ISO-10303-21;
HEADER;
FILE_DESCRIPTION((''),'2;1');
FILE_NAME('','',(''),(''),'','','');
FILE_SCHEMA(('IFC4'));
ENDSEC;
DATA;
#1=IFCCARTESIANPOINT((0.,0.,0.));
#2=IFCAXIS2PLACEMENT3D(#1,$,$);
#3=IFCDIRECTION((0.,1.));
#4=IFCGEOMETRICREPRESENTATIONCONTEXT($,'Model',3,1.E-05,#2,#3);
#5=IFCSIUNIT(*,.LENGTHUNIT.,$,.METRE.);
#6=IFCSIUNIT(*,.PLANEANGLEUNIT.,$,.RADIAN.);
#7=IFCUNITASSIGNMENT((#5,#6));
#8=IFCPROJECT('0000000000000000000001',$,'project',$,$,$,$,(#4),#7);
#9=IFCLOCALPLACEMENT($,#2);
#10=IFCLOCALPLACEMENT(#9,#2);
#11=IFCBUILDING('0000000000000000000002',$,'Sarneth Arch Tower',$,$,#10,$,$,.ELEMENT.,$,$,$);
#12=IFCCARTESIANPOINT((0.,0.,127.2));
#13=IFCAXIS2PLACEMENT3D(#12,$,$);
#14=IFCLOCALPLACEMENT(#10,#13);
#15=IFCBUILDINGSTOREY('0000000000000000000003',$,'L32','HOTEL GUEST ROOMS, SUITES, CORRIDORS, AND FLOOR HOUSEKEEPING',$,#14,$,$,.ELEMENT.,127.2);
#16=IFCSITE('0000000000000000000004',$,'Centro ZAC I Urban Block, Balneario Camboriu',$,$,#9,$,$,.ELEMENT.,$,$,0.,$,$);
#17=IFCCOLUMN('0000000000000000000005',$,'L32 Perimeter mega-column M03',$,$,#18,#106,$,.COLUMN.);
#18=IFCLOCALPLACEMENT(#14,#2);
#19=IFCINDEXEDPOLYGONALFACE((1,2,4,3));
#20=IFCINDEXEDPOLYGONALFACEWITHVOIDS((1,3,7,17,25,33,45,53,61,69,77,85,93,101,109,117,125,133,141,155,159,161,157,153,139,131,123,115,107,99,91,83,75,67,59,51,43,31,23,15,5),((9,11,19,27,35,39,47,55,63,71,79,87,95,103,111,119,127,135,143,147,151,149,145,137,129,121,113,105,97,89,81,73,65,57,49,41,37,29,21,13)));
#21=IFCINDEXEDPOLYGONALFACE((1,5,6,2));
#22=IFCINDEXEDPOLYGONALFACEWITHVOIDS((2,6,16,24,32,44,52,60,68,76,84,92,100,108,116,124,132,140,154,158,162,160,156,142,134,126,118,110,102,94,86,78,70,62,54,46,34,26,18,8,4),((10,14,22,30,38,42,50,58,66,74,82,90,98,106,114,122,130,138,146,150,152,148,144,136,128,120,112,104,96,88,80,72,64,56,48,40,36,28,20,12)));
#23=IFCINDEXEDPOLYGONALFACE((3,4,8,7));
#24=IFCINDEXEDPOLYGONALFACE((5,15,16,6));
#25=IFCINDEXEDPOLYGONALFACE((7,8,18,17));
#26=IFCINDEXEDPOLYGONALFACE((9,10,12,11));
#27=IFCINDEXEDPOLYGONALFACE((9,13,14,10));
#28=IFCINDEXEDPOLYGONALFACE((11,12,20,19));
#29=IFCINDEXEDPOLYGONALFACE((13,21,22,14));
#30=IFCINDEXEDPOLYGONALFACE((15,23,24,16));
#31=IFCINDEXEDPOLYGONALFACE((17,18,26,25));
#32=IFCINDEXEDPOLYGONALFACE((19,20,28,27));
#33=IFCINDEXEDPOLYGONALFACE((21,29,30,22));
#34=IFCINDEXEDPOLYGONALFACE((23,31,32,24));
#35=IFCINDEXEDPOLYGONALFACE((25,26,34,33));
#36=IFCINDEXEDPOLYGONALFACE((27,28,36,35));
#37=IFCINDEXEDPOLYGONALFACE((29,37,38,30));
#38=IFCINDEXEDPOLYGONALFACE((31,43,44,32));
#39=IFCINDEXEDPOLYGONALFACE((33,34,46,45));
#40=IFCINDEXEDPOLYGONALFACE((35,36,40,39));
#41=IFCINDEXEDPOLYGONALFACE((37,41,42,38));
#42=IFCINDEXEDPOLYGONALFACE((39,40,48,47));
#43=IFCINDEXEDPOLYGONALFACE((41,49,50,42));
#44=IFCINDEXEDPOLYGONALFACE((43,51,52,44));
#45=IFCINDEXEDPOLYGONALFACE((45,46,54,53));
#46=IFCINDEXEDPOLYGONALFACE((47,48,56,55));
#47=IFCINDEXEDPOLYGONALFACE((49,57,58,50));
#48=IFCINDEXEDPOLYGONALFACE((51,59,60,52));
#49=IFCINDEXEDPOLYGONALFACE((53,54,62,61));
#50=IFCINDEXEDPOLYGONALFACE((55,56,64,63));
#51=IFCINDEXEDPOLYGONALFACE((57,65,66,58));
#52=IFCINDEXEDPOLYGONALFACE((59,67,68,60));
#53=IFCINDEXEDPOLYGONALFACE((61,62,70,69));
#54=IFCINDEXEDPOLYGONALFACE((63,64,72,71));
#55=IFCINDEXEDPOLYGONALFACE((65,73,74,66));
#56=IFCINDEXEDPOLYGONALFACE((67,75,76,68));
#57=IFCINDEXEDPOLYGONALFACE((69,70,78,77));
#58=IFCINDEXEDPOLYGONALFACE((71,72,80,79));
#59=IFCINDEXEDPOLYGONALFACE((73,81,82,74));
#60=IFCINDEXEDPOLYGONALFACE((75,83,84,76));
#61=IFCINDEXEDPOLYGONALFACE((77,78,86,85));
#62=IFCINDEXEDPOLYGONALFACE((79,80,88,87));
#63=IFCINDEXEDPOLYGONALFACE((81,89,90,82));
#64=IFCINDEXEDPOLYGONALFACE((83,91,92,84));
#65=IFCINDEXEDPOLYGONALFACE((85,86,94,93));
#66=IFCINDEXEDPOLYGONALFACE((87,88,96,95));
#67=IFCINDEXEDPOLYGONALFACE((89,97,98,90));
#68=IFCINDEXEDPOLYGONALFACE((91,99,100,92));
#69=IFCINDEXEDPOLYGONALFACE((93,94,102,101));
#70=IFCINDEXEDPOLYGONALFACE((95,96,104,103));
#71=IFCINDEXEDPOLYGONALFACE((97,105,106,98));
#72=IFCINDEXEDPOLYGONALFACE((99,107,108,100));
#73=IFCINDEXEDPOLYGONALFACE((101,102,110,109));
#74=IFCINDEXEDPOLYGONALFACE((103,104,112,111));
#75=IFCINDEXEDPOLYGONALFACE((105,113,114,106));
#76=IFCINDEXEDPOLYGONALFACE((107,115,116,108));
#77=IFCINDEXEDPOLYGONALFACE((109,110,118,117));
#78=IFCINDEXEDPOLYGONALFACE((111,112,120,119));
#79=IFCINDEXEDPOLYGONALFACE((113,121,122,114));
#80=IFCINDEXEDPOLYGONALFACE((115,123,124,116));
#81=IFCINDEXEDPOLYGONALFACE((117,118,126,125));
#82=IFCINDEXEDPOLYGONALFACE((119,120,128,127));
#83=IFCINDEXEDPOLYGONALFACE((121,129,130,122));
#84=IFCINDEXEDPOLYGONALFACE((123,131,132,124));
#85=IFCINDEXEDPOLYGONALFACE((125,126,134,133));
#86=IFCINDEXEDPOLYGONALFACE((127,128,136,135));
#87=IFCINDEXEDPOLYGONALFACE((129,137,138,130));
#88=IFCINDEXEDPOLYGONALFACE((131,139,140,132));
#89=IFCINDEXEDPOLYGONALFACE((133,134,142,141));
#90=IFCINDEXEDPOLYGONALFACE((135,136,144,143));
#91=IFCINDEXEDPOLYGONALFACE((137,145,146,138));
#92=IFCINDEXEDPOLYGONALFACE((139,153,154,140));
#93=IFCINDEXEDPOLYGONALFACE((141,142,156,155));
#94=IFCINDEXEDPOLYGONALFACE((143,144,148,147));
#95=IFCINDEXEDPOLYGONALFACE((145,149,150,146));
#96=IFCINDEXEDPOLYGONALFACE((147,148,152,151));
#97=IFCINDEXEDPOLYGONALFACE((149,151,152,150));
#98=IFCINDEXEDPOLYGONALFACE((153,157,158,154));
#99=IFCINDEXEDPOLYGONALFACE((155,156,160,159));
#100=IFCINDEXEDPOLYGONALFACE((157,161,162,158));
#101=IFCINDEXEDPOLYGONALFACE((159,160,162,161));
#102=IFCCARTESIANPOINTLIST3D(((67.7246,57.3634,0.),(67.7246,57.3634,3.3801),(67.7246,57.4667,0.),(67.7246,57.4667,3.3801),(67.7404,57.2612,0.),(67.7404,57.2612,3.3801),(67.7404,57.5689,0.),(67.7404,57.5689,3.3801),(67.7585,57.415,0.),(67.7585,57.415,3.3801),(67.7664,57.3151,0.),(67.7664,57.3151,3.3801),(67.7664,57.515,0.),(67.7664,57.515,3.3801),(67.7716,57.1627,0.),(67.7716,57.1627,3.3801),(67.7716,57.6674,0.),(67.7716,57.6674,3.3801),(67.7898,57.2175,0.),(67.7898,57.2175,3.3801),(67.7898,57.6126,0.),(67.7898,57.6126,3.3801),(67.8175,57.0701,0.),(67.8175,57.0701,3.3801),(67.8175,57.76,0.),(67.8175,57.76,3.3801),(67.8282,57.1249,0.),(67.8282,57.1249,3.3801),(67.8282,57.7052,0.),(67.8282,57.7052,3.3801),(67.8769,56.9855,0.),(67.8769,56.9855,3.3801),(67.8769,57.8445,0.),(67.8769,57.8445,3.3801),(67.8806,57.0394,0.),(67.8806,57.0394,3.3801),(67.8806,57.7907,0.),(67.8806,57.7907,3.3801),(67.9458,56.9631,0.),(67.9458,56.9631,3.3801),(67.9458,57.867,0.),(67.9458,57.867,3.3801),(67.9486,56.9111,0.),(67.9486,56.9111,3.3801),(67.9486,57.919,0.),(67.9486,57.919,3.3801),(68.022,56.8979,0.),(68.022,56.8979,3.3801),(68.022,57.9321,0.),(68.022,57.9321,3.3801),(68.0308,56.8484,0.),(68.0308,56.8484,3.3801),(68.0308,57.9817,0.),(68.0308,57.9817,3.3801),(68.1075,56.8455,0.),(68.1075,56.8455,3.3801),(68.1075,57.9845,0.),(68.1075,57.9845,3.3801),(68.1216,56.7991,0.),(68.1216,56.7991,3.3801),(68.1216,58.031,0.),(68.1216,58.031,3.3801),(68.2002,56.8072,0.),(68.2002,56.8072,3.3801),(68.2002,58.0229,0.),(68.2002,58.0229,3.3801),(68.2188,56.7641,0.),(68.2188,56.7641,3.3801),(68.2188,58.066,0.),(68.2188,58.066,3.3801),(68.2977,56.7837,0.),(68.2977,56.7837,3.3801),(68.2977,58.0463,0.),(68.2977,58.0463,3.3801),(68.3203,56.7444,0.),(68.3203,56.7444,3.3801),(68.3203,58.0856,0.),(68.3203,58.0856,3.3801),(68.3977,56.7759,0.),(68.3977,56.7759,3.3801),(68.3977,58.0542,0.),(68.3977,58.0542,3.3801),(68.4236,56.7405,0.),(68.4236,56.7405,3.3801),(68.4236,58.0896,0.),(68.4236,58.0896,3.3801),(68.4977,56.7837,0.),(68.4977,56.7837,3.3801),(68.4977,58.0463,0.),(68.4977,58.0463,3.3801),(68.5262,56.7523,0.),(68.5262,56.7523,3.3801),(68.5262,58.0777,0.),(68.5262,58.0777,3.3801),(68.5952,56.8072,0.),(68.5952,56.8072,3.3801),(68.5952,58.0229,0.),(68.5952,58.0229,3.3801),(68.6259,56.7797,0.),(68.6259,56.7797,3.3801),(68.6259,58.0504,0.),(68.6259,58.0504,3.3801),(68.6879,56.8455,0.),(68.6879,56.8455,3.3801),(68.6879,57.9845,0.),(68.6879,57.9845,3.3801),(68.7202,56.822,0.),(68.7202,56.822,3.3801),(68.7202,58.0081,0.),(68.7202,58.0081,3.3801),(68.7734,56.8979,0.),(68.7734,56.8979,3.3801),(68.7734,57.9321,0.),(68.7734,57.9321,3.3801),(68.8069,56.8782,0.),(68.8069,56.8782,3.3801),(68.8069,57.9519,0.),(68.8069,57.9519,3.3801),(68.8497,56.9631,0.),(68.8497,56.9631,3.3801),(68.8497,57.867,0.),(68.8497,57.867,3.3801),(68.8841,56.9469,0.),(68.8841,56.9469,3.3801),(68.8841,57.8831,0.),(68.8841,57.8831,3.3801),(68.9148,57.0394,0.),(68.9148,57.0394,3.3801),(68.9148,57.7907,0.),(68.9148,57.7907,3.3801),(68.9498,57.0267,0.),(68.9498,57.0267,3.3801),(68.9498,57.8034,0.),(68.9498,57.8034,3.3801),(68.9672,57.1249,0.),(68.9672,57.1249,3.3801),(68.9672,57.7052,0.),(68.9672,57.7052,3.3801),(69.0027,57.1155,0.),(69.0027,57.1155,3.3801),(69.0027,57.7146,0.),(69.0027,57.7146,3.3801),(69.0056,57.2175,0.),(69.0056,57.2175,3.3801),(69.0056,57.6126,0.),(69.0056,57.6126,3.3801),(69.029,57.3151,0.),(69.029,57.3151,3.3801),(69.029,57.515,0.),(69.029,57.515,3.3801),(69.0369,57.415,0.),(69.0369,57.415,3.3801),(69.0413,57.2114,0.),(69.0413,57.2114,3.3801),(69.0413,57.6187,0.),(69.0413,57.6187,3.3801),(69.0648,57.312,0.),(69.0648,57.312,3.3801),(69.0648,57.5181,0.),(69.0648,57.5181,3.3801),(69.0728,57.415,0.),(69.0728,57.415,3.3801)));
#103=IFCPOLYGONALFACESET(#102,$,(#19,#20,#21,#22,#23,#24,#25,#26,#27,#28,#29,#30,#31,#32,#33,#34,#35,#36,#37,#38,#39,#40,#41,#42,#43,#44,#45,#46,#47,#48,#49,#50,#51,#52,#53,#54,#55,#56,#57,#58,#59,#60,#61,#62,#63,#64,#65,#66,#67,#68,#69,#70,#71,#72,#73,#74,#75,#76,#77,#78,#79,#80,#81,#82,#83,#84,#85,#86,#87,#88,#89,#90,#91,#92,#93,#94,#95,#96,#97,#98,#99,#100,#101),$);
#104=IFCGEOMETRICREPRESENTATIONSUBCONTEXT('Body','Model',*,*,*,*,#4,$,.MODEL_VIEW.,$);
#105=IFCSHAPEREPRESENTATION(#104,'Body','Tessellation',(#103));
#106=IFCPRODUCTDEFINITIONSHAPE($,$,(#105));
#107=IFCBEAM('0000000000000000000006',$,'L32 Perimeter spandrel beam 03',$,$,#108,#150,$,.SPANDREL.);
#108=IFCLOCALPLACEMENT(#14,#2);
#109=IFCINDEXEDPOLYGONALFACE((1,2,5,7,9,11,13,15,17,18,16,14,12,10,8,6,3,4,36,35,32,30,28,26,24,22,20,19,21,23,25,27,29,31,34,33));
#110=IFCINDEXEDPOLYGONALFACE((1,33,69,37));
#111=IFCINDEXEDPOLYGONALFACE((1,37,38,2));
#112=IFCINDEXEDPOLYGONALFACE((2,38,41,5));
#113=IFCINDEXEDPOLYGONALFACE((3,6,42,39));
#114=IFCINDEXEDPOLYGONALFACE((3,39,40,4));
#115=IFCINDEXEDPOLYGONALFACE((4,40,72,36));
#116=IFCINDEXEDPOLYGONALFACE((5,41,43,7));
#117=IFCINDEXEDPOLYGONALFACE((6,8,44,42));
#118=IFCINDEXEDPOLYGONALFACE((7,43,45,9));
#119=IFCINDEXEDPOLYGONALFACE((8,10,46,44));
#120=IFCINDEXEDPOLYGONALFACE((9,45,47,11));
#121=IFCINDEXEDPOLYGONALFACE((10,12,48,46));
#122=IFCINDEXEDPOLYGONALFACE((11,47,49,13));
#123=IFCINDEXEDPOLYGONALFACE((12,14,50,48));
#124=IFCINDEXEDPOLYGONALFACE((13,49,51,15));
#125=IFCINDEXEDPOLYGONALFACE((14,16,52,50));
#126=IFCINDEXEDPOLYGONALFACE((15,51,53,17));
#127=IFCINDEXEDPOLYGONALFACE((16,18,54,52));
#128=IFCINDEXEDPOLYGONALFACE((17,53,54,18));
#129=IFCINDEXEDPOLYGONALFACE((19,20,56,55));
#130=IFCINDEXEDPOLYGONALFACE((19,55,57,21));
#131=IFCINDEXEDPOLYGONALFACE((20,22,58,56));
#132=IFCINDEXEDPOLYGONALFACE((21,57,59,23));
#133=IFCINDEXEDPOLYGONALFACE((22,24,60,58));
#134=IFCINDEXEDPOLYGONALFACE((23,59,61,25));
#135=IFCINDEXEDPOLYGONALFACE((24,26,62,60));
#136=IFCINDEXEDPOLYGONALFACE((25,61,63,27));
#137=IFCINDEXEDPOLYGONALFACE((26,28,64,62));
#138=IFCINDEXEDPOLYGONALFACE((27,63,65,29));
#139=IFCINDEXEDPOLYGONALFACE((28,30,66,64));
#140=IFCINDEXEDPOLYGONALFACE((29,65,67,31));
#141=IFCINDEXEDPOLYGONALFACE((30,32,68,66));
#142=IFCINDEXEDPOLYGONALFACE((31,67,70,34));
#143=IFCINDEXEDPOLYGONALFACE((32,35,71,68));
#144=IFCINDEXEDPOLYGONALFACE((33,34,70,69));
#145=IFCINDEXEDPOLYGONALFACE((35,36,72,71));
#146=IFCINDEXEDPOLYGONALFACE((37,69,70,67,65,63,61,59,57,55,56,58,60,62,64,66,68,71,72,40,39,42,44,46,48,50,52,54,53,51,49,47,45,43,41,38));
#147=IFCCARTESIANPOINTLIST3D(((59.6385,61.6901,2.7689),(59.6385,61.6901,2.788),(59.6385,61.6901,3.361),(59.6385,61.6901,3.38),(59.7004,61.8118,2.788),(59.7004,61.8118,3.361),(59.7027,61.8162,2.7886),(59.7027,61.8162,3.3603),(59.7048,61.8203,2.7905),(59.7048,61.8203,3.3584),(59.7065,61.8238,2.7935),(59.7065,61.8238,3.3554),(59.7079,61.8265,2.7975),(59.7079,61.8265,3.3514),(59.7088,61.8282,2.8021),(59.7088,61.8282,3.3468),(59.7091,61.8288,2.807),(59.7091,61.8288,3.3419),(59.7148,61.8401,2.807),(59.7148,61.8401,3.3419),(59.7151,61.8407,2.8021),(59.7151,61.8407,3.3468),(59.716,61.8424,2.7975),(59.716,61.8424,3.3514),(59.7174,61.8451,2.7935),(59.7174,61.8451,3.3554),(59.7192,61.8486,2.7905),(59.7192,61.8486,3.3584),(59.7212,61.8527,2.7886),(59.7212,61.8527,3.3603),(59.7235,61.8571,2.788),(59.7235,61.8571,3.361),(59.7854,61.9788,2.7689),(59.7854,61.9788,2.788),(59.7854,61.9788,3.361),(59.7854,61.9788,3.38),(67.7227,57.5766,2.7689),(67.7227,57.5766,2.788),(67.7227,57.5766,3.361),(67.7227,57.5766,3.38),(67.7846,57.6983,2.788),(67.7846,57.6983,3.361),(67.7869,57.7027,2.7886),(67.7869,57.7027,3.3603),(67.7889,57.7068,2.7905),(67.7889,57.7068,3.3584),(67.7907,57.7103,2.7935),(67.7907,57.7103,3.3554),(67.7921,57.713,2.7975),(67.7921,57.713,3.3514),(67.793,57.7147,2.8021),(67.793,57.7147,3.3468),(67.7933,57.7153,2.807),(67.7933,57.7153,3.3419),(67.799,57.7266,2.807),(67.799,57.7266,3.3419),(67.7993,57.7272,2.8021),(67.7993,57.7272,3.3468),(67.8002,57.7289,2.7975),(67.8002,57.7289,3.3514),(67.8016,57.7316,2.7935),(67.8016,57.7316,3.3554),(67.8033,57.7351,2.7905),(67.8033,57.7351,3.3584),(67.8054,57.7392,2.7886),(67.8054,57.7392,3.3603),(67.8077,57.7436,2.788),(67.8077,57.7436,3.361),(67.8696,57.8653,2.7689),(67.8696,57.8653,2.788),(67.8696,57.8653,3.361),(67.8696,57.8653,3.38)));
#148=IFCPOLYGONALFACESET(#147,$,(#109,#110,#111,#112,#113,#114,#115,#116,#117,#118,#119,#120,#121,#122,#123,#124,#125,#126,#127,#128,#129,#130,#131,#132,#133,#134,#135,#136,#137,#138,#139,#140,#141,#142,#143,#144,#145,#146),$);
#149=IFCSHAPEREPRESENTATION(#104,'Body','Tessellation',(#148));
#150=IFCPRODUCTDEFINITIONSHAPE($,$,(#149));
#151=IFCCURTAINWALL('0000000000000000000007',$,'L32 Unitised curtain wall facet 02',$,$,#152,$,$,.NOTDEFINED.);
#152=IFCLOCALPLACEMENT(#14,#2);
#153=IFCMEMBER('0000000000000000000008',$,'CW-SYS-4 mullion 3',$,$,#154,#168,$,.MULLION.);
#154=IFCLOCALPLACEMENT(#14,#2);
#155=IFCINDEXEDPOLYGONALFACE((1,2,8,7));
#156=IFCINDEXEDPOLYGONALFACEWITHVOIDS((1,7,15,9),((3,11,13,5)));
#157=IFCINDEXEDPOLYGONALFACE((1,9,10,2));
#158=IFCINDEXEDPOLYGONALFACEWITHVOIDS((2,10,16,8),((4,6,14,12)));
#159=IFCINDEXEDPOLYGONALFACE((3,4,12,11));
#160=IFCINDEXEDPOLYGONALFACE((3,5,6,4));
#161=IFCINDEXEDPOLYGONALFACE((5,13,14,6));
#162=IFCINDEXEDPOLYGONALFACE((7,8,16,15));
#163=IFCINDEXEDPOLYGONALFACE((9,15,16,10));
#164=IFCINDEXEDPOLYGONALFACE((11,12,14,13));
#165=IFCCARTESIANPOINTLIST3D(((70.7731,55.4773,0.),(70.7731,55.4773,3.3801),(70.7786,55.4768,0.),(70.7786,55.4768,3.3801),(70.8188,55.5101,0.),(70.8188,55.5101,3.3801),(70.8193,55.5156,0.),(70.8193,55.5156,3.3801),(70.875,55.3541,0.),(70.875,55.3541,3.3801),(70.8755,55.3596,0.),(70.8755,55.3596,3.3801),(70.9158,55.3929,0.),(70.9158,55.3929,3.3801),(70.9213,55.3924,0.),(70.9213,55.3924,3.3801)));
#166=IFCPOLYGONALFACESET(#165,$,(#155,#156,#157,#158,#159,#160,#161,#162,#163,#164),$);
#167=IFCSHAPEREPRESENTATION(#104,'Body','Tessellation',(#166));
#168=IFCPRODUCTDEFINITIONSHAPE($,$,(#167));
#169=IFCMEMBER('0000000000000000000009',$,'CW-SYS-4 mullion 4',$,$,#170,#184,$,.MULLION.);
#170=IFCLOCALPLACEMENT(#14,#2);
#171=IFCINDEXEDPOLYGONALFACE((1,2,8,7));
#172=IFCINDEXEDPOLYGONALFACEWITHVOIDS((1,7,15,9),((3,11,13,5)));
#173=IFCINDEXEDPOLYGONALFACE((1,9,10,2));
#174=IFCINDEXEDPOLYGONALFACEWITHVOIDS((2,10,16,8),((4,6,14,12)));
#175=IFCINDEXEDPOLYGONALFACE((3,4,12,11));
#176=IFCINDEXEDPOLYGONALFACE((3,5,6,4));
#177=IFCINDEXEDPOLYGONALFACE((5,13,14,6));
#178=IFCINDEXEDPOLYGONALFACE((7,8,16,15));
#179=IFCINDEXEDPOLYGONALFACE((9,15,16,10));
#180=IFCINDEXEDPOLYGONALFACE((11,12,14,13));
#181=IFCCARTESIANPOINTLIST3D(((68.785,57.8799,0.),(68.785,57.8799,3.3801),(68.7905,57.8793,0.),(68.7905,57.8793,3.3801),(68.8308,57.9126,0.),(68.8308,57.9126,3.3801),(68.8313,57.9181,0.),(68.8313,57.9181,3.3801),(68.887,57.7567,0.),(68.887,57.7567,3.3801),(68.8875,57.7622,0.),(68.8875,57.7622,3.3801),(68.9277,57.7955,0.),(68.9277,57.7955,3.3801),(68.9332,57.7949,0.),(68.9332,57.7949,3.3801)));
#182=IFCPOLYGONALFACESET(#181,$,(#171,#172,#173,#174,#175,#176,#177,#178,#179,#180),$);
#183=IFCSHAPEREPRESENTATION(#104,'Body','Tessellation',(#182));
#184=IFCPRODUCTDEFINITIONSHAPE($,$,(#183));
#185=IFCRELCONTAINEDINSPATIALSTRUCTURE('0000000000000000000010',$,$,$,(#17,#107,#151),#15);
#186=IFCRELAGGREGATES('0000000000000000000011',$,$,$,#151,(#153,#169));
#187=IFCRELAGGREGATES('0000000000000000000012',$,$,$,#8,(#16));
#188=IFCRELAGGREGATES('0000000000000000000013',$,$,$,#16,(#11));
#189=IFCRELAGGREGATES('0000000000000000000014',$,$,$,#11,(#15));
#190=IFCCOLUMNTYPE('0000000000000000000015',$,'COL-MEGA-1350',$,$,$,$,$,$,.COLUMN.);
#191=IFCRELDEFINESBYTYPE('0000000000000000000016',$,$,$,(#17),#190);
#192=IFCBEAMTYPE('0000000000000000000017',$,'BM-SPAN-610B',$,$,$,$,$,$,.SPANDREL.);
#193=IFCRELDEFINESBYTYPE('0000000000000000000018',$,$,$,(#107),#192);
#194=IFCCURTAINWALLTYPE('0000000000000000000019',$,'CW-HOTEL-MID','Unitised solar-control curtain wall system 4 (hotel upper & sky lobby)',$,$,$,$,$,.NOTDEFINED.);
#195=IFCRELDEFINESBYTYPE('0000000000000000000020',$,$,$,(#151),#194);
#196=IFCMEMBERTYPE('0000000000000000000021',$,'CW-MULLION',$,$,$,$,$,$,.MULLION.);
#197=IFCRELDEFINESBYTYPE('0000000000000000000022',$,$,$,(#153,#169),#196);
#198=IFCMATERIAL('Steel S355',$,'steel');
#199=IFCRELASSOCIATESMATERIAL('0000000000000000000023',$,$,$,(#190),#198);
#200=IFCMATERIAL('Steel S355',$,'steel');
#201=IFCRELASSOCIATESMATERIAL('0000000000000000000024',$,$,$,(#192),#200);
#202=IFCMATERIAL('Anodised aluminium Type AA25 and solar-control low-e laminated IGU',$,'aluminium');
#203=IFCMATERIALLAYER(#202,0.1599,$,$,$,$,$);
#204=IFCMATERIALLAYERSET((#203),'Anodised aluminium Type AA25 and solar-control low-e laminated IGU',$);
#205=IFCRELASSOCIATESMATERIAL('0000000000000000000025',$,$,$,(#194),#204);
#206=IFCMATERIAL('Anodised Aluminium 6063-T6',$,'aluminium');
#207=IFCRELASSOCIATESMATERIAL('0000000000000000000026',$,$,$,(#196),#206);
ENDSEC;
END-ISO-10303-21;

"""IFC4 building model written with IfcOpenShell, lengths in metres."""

from ifc_helpers import new_model, si_unit, direction, frame, origin, origin_2d, place, context, subcontext, project, spatial, hollow_rectangle, hollow_circle, i_section, extrude, material, layer, layer_set, material_profile, profile_set, type_object, element, aggregate, save


model = new_model("IFC4")

# Units and contexts
model_context = context("Model", 3, precision=1e-05, world=origin(), true_north=direction((0.0, 1.0)))
body_context = subcontext(model_context, "Body", "Model", "MODEL_VIEW")
ifc_project = project(units=[si_unit("LENGTHUNIT", "METRE"), si_unit("PLANEANGLEUNIT", "RADIAN")], contexts=[model_context])

# Site, building, storey
site_placement = place(None, origin())
site = spatial("IfcSite", under=ifc_project, at=site_placement, Name="Centro ZAC I Urban Block, Balneario Camboriu", CompositionType="ELEMENT", RefElevation=0.0)
building_placement = place(site_placement, origin())
building = spatial("IfcBuilding", under=site, at=building_placement, Name="Sarneth Arch Tower", CompositionType="ELEMENT")
storey_placement = place(building_placement, frame((0.0, 0.0, 127.2)))
storey = spatial("IfcBuildingStorey", under=building, at=storey_placement, Name="L32", Description="HOTEL GUEST ROOMS, SUITES, CORRIDORS, AND FLOOR HOUSEKEEPING", CompositionType="ELEMENT", Elevation=127.2)

# Column
ifc_material_1 = material(Name="Steel S355", Category="steel")
ifc_material_profile_1 = material_profile(ifc_material_1, hollow_circle(Radius=0.675, WallThickness=0.0359, at=origin_2d()), Name="CHS1350x36")
ifc_profile_set_1 = profile_set([ifc_material_profile_1], Name="Steel S355")
column_type = type_object("IfcColumnType", Name="COL-MEGA-1350", PredefinedType="COLUMN", material=ifc_profile_set_1)
column_placement = place(storey_placement, frame((68.3977, 57.415, 0.0), z_axis=(0.0, 0.0, 1.0), x_axis=(1.0, 0.0, 0.0)))
element("IfcColumn", 1, at=column_placement, inside=storey, type_object=column_type, Name="L32 Perimeter mega-column M03", PredefinedType="COLUMN", context=body_context, shape_type="SweptSolid", body=[
    extrude(hollow_circle(Radius=0.675, WallThickness=0.0359, at=origin_2d()), origin(), (0.0, 0.0, 1.0), 3.3801),
])

# Beam
ifc_material_2 = material(Name="Steel S355", Category="steel")
ifc_material_profile_2 = material_profile(ifc_material_2, i_section(OverallWidth=0.324, OverallDepth=0.6111, WebThickness=0.0127, FlangeThickness=0.019, FilletRadius=0.019, at=origin_2d()), Name="W610x155")
ifc_profile_set_2 = profile_set([ifc_material_profile_2], Name="Steel S355")
beam_type = type_object("IfcBeamType", Name="BM-SPAN-610B", PredefinedType="SPANDREL", material=ifc_profile_set_2)
beam_placement = place(storey_placement, frame((67.7961, 57.7209, 3.0745), z_axis=(-0.891256, 0.453501, 0.0), x_axis=(-0.453501, -0.891256, 0.0)))
element("IfcBeam", 2, at=beam_placement, inside=storey, type_object=beam_type, Name="L32 Perimeter spandrel beam 03", PredefinedType="SPANDREL", context=body_context, shape_type="SweptSolid", body=[
    extrude(i_section(OverallWidth=0.324, OverallDepth=0.6111, WebThickness=0.0127, FlangeThickness=0.019, FilletRadius=0.019, at=origin_2d()), origin(), (0.0, 0.0, 1.0), 9.0706),
])

# Curtain wall, members
ifc_material_3 = material(Name="Anodised aluminium Type AA25 and solar-control low-e laminated IGU", Category="aluminium")
ifc_layer_1 = layer(ifc_material_3, 0.1599)
ifc_layer_set_1 = layer_set([ifc_layer_1], Name="Anodised aluminium Type AA25 and solar-control low-e laminated IGU")
curtain_wall_type = type_object("IfcCurtainWallType", Name="CW-HOTEL-MID", Description="Unitised solar-control curtain wall system 4 (hotel upper & sky lobby)", PredefinedType="NOTDEFINED", material=ifc_layer_set_1)
curtain_wall_placement = place(storey_placement, origin())
curtain_wall = element("IfcCurtainWall", 3, at=curtain_wall_placement, inside=storey, type_object=curtain_wall_type, Name="L32 Unitised curtain wall facet 02", PredefinedType="NOTDEFINED")
ifc_material_4 = material(Name="Anodised Aluminium 6063-T6", Category="aluminium")
ifc_material_profile_3 = material_profile(ifc_material_4, hollow_rectangle(XDim=0.0601, YDim=0.1599, WallThickness=0.0039, at=origin_2d()), Name="AL-MULL-160x60x4")
ifc_profile_set_3 = profile_set([ifc_material_profile_3], Name="Anodised Aluminium 6063-T6")
member_type_1 = type_object("IfcMemberType", Name="CW-MULLION", PredefinedType="MULLION", material=ifc_profile_set_3)
member_1_placement = place(storey_placement, frame((70.8472, 55.4348, 0.0), z_axis=(0.0, 0.0, 1.0), x_axis=(-0.770438, -0.637515, 0.0)))
member_1 = element("IfcMember", 4, at=member_1_placement, type_object=member_type_1, Name="CW-SYS-4 mullion 3", PredefinedType="MULLION", context=body_context, shape_type="SweptSolid", body=[
    extrude(hollow_rectangle(XDim=0.0601, YDim=0.1599, WallThickness=0.0039, at=origin_2d()), origin(), (0.0, 0.0, 1.0), 3.3801),
])
member_2_placement = place(storey_placement, frame((68.8591, 57.8374, 0.0), z_axis=(0.0, 0.0, 1.0), x_axis=(-0.770438, -0.637515, 0.0)))
member_2 = element("IfcMember", 5, at=member_2_placement, type_object=member_type_1, Name="CW-SYS-4 mullion 4", PredefinedType="MULLION", context=body_context, shape_type="SweptSolid", body=[
    extrude(hollow_rectangle(XDim=0.0601, YDim=0.1599, WallThickness=0.0039, at=origin_2d()), origin(), (0.0, 0.0, 1.0), 3.3801),
])

aggregate(curtain_wall, [member_1, member_2])

save(model, "model.ifc")
